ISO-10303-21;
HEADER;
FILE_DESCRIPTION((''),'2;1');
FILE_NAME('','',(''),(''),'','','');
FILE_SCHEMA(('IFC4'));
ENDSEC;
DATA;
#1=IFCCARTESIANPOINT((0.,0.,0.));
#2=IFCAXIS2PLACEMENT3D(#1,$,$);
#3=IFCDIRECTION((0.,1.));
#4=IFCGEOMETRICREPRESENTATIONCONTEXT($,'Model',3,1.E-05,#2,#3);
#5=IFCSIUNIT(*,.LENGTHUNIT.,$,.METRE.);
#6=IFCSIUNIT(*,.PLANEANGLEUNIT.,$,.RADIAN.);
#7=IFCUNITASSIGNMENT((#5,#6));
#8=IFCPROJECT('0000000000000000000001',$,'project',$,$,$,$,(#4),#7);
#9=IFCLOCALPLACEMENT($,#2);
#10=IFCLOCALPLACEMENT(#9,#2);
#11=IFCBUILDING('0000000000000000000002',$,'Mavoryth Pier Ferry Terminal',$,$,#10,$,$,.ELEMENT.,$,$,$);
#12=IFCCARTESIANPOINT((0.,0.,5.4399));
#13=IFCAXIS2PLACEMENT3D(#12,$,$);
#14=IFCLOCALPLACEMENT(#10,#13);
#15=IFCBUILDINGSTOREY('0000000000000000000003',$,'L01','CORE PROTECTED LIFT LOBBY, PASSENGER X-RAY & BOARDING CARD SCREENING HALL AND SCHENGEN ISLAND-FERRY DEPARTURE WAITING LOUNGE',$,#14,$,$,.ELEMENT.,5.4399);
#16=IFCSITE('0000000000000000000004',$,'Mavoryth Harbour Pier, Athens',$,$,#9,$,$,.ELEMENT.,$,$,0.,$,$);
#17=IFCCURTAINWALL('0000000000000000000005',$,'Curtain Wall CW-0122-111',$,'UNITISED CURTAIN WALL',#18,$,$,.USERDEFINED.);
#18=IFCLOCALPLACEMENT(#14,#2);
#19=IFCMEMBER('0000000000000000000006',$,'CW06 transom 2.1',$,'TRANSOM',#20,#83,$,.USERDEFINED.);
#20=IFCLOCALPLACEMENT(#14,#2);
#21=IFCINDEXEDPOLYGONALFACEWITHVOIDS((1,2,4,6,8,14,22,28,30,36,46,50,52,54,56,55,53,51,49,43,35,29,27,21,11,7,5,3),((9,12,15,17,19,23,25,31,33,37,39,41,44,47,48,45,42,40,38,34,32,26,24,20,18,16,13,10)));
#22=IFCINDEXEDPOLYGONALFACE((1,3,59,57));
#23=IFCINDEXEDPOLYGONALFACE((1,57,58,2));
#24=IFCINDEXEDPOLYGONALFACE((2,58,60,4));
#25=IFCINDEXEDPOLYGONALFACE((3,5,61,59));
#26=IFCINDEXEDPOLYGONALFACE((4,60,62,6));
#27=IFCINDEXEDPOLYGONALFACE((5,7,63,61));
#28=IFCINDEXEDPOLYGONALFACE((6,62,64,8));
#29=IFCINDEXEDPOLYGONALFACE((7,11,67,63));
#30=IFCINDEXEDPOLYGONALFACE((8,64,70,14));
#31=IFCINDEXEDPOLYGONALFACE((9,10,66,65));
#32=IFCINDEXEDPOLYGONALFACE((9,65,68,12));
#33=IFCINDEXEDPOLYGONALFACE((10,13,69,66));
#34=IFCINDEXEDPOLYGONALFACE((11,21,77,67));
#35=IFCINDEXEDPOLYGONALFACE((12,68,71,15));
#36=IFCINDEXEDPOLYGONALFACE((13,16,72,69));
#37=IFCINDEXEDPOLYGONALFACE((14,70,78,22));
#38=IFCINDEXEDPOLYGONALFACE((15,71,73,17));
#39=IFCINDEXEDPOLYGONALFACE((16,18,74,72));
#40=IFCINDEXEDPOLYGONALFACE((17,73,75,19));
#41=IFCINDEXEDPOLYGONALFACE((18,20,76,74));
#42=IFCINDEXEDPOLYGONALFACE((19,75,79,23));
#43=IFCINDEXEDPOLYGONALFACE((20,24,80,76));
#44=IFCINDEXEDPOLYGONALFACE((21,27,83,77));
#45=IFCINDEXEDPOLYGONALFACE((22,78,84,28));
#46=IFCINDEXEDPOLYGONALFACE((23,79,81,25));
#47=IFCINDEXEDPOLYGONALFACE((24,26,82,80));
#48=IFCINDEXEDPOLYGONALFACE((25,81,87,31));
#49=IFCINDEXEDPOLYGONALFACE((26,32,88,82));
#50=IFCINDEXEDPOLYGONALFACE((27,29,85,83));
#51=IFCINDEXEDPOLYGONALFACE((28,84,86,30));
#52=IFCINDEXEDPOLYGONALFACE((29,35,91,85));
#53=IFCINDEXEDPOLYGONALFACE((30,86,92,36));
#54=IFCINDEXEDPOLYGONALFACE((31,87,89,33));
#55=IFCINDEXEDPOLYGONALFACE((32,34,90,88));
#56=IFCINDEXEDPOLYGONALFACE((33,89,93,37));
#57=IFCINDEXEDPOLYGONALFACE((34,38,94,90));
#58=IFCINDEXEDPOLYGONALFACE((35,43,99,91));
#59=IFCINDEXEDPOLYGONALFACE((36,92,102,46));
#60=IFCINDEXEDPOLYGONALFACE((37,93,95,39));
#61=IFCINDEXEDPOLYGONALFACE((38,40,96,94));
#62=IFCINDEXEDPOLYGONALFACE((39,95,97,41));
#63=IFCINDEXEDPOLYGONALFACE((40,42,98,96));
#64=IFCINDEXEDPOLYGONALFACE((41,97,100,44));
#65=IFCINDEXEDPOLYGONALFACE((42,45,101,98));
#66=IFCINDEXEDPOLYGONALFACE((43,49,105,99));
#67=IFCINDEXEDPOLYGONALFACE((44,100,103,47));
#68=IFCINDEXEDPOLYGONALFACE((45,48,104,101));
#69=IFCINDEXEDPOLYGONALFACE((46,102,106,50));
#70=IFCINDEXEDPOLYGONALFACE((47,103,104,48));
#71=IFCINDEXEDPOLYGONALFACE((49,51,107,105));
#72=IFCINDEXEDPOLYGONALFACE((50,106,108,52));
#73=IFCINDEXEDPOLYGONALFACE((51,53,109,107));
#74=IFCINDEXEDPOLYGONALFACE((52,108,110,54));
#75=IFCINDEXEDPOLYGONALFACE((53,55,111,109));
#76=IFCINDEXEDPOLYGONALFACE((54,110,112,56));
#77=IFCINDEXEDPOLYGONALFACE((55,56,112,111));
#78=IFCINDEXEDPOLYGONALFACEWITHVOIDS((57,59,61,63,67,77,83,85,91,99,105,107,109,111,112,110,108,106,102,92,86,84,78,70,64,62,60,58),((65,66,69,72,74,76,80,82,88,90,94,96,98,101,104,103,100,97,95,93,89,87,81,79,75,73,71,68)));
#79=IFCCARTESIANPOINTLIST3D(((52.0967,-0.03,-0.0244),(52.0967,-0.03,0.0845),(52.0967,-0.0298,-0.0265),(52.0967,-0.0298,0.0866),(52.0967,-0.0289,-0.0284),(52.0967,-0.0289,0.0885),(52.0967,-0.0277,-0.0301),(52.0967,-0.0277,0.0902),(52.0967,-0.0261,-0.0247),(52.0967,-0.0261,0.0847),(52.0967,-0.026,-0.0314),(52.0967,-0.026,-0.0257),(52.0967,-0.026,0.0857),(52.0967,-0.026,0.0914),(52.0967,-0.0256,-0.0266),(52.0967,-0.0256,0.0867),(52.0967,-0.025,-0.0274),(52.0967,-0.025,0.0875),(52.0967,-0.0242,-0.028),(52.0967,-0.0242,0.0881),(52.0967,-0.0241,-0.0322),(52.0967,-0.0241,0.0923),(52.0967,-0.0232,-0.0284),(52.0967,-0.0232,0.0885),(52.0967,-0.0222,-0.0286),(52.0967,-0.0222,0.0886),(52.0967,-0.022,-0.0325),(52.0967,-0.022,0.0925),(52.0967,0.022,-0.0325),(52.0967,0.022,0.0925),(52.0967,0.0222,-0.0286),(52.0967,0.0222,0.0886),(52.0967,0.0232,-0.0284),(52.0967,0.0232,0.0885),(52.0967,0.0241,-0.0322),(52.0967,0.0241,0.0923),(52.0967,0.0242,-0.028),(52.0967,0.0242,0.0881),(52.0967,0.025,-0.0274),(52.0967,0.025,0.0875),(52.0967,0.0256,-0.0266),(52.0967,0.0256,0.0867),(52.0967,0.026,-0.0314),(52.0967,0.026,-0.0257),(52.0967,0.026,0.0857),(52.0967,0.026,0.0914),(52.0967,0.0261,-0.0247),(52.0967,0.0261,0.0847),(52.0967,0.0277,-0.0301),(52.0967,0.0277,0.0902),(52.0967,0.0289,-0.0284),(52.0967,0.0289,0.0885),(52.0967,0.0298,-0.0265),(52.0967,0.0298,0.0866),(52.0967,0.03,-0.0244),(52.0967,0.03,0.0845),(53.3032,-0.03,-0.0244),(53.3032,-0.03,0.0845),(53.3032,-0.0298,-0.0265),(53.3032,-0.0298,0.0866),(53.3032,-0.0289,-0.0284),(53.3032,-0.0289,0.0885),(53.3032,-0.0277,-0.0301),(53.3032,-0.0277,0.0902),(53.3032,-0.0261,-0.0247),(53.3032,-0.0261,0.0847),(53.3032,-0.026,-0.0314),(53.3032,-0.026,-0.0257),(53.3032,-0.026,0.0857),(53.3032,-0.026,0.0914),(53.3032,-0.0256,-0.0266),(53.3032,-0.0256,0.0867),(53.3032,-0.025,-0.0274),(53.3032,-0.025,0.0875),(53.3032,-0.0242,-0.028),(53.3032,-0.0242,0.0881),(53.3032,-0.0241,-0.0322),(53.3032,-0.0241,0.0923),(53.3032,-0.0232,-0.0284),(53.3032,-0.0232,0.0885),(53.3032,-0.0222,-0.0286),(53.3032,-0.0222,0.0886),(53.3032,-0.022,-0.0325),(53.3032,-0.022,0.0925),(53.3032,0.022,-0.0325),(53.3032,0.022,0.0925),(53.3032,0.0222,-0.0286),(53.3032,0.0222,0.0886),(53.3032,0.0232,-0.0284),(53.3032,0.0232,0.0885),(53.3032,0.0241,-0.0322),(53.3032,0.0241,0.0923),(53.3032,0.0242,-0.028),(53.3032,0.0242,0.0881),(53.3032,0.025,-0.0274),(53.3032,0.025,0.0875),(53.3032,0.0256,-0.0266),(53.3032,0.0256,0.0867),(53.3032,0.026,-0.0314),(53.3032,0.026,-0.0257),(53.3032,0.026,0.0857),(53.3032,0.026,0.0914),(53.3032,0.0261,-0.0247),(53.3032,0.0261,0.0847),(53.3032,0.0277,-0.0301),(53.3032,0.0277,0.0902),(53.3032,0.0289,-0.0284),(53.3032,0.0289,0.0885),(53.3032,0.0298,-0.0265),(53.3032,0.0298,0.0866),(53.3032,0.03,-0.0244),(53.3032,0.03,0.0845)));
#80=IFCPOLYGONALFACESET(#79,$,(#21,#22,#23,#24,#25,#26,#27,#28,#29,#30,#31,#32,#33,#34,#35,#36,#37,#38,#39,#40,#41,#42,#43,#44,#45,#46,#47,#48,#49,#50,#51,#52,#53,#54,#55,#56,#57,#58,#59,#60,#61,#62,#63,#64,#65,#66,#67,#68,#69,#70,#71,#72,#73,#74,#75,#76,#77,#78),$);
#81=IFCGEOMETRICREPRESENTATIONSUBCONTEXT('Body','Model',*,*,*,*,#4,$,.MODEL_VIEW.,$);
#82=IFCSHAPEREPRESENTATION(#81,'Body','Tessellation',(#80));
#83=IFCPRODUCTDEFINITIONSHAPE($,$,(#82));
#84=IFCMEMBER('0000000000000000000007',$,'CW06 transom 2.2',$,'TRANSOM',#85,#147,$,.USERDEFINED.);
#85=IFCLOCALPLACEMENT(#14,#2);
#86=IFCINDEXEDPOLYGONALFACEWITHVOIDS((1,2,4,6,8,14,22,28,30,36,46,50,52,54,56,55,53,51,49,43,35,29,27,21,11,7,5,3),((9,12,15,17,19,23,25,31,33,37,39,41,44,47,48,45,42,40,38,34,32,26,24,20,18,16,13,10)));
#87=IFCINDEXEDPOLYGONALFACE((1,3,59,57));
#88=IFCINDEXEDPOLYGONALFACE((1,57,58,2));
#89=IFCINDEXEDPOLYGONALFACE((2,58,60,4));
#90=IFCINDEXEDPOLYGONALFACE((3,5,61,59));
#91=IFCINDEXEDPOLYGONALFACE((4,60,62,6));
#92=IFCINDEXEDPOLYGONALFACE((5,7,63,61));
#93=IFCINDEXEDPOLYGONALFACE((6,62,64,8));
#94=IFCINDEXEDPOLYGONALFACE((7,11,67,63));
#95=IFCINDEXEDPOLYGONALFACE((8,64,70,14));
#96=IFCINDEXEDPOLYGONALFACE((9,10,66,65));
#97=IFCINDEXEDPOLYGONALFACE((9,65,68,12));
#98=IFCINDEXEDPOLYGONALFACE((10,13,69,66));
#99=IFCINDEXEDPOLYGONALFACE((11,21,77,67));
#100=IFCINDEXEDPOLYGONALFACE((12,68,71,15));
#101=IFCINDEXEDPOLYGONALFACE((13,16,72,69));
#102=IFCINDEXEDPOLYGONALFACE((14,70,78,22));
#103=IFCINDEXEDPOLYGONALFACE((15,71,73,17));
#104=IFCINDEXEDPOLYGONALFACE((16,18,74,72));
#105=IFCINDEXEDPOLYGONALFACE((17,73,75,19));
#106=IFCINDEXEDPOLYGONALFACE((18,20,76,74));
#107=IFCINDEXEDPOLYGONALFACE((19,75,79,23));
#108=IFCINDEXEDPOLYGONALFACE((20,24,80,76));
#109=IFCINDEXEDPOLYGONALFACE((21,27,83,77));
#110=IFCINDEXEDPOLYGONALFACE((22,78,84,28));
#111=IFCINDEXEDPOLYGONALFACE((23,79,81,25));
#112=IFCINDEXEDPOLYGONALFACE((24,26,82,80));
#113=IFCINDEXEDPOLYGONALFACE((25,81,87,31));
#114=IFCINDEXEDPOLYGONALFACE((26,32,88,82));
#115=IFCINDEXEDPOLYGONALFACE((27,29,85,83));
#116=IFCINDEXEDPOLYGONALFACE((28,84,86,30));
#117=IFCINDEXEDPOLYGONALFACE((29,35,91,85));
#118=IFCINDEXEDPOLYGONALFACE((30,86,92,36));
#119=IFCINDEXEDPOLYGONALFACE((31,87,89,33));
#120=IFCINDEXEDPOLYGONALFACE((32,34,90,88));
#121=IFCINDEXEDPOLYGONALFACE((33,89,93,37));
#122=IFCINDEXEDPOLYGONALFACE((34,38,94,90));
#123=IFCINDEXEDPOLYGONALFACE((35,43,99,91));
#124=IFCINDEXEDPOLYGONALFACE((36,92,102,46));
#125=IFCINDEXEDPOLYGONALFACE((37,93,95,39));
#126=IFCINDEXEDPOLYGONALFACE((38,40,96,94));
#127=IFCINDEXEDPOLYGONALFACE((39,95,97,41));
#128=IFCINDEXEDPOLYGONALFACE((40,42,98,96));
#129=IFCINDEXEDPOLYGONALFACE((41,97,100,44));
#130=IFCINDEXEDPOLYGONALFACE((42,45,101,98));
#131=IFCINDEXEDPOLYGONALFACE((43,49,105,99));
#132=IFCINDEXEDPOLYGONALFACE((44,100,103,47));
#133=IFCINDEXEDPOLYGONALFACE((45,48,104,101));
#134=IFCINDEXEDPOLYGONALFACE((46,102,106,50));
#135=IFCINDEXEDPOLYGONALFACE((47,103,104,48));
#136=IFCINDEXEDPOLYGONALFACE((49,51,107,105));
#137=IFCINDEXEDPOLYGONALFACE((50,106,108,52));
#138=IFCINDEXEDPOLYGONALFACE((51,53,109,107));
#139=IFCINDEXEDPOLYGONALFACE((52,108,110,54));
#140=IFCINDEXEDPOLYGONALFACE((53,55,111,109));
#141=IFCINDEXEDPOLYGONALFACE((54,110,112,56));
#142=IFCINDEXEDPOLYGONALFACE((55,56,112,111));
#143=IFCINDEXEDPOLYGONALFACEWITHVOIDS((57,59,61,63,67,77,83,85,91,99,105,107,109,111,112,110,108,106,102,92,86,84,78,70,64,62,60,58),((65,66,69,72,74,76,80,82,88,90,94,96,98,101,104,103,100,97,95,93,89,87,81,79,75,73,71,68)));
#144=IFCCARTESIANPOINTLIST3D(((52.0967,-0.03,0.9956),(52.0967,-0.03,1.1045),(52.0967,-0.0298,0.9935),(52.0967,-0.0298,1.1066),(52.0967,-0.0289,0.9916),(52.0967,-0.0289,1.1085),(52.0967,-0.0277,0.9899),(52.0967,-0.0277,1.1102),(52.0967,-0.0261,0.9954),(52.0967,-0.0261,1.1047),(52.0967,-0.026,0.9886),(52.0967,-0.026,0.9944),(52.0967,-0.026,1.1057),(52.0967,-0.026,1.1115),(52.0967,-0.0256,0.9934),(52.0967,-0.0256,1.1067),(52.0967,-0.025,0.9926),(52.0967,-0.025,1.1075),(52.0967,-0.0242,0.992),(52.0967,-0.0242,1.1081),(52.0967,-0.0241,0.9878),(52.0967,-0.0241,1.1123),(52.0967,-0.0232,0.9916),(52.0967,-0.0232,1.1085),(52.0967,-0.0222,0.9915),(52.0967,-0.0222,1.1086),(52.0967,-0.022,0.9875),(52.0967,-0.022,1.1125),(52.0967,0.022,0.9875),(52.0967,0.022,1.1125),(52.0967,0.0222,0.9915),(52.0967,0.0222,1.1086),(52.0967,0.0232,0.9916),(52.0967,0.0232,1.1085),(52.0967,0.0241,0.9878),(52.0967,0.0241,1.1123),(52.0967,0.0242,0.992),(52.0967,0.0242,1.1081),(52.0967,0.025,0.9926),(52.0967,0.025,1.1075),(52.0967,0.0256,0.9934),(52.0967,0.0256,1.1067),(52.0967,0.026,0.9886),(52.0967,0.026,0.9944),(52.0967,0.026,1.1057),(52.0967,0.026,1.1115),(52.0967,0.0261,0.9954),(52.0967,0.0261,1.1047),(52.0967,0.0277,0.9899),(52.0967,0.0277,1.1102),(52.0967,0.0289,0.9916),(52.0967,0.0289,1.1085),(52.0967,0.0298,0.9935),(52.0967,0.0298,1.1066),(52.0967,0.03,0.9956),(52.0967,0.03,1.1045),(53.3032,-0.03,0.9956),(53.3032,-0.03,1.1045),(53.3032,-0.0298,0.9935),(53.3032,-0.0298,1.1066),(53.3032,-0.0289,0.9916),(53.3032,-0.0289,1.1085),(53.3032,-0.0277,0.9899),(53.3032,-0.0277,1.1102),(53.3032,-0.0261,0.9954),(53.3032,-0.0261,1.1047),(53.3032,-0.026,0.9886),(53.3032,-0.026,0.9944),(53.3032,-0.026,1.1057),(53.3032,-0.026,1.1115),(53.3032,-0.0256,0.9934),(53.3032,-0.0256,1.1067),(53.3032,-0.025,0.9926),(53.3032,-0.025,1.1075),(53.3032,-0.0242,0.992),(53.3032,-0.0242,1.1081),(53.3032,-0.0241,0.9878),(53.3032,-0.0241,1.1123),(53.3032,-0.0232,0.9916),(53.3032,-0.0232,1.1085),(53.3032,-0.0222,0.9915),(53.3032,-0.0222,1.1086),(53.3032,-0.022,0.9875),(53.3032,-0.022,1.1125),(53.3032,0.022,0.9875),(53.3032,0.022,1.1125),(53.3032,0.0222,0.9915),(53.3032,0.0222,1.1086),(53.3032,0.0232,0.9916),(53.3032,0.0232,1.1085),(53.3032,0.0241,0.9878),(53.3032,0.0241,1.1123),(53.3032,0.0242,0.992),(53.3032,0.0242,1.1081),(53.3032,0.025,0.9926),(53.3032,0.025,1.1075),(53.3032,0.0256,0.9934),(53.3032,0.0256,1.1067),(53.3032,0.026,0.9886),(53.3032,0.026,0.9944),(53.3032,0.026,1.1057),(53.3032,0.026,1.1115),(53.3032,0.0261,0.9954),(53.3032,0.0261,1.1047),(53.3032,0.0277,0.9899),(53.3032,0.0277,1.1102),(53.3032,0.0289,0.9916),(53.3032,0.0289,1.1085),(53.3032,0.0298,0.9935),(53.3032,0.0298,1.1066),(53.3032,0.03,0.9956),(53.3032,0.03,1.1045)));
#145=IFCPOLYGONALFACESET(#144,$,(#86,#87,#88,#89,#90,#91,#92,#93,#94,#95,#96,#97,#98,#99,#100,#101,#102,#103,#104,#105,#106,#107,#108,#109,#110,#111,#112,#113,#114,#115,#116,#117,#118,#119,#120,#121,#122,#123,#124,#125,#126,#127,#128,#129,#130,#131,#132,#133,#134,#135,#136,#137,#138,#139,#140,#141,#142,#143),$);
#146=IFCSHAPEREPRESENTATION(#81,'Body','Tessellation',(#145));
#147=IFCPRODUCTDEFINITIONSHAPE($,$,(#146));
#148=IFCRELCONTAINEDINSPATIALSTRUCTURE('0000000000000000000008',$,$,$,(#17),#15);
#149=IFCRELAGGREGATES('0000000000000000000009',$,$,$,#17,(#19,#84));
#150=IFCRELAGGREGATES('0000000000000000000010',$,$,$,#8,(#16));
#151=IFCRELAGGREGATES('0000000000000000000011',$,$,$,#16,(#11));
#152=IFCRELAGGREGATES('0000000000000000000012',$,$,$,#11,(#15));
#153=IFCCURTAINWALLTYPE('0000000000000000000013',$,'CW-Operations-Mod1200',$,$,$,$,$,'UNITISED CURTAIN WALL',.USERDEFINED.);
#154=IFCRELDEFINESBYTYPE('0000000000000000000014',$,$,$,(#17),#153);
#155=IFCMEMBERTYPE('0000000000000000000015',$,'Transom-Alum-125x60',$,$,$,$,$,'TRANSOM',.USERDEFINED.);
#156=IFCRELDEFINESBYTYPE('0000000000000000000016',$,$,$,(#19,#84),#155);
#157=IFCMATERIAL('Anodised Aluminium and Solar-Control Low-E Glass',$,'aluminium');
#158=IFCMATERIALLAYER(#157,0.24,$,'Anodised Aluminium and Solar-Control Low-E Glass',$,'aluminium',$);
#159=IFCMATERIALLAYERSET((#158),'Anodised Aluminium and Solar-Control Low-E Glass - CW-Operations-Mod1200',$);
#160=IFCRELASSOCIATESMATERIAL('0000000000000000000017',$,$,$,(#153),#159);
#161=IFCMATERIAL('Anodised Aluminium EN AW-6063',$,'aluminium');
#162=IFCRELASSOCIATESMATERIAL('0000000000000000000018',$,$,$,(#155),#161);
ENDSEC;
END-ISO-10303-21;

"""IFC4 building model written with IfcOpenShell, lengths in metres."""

from ifc_helpers import new_model, si_unit, direction, frame, origin, origin_2d, place, context, subcontext, project, spatial, hollow_rectangle, extrude, material, layer, layer_set, material_profile, profile_set, type_object, element, aggregate, save


model = new_model("IFC4")

# Units and contexts
model_context = context("Model", 3, precision=1e-05, world=origin(), true_north=direction((0.0, 1.0)))
body_context = subcontext(model_context, "Body", "Model", "MODEL_VIEW")
ifc_project = project(units=[si_unit("LENGTHUNIT", "METRE"), si_unit("PLANEANGLEUNIT", "RADIAN")], contexts=[model_context])

# Site, building, storey
site_placement = place(None, origin())
site = spatial("IfcSite", under=ifc_project, at=site_placement, Name="Mavoryth Harbour Pier, Athens", CompositionType="ELEMENT", RefElevation=0.0)
building_placement = place(site_placement, origin())
building = spatial("IfcBuilding", under=site, at=building_placement, Name="Mavoryth Pier Ferry Terminal", CompositionType="ELEMENT")
storey_placement = place(building_placement, frame((0.0, 0.0, 5.4399)))
storey = spatial("IfcBuildingStorey", under=building, at=storey_placement, Name="L01", Description="CORE PROTECTED LIFT LOBBY, PASSENGER X-RAY & BOARDING CARD SCREENING HALL AND SCHENGEN ISLAND-FERRY DEPARTURE WAITING LOUNGE", CompositionType="ELEMENT", Elevation=5.4399)

# Curtain wall, members
ifc_material_1 = material(Name="Anodised Aluminium and Solar-Control Low-E Glass", Category="aluminium")
ifc_layer_1 = layer(ifc_material_1, 0.24, Name="Anodised Aluminium and Solar-Control Low-E Glass", Category="aluminium")
ifc_layer_set_1 = layer_set([ifc_layer_1], Name="Anodised Aluminium and Solar-Control Low-E Glass - CW-Operations-Mod1200")
curtain_wall_type = type_object("IfcCurtainWallType", Name="CW-Operations-Mod1200", ElementType="UNITISED CURTAIN WALL", PredefinedType="USERDEFINED", material=ifc_layer_set_1)
curtain_wall_placement = place(storey_placement, origin())
curtain_wall = element("IfcCurtainWall", 1, at=curtain_wall_placement, inside=storey, type_object=curtain_wall_type, Name="Curtain Wall CW-0122-111", ObjectType="UNITISED CURTAIN WALL", PredefinedType="USERDEFINED")
ifc_material_2 = material(Name="Anodised Aluminium EN AW-6063", Category="aluminium")
ifc_material_profile_1 = material_profile(ifc_material_2, hollow_rectangle(XDim=0.0601, YDim=0.125, WallThickness=0.0039, InnerFilletRadius=0.0039, OuterFilletRadius=0.0081, at=origin_2d()), Name="AL-TRAN 125x60x4", Category="aluminium")
ifc_profile_set_1 = profile_set([ifc_material_profile_1], Name="Anodised Aluminium EN AW-6063 - AL-TRAN 125x60x4")
member_type_1 = type_object("IfcMemberType", Name="Transom-Alum-125x60", ElementType="TRANSOM", PredefinedType="USERDEFINED", material=ifc_profile_set_1)
member_1_placement = place(storey_placement, frame((52.0967, 0.0, 0.03), z_axis=(1.0, 0.0, 0.0), x_axis=(0.0, 1.0, 0.0)))
member_1 = element("IfcMember", 2, at=member_1_placement, type_object=member_type_1, Name="CW06 transom 2.1", ObjectType="TRANSOM", PredefinedType="USERDEFINED", context=body_context, shape_type="SweptSolid", body=[
    extrude(hollow_rectangle(XDim=0.0601, YDim=0.125, WallThickness=0.0039, InnerFilletRadius=0.0039, OuterFilletRadius=0.0081, at=origin_2d()), origin(), (0.0, 0.0, 1.0), 1.2065),
])
member_2_placement = place(storey_placement, frame((52.0967, 0.0, 1.05), z_axis=(1.0, 0.0, 0.0), x_axis=(0.0, 1.0, 0.0)))
member_2 = element("IfcMember", 3, at=member_2_placement, type_object=member_type_1, Name="CW06 transom 2.2", ObjectType="TRANSOM", PredefinedType="USERDEFINED", context=body_context, shape_type="SweptSolid", body=[
    extrude(hollow_rectangle(XDim=0.0601, YDim=0.125, WallThickness=0.0039, InnerFilletRadius=0.0039, OuterFilletRadius=0.0081, at=origin_2d()), origin(), (0.0, 0.0, 1.0), 1.2065),
])
aggregate(curtain_wall, [member_1, member_2])

save(model, "model.ifc")
